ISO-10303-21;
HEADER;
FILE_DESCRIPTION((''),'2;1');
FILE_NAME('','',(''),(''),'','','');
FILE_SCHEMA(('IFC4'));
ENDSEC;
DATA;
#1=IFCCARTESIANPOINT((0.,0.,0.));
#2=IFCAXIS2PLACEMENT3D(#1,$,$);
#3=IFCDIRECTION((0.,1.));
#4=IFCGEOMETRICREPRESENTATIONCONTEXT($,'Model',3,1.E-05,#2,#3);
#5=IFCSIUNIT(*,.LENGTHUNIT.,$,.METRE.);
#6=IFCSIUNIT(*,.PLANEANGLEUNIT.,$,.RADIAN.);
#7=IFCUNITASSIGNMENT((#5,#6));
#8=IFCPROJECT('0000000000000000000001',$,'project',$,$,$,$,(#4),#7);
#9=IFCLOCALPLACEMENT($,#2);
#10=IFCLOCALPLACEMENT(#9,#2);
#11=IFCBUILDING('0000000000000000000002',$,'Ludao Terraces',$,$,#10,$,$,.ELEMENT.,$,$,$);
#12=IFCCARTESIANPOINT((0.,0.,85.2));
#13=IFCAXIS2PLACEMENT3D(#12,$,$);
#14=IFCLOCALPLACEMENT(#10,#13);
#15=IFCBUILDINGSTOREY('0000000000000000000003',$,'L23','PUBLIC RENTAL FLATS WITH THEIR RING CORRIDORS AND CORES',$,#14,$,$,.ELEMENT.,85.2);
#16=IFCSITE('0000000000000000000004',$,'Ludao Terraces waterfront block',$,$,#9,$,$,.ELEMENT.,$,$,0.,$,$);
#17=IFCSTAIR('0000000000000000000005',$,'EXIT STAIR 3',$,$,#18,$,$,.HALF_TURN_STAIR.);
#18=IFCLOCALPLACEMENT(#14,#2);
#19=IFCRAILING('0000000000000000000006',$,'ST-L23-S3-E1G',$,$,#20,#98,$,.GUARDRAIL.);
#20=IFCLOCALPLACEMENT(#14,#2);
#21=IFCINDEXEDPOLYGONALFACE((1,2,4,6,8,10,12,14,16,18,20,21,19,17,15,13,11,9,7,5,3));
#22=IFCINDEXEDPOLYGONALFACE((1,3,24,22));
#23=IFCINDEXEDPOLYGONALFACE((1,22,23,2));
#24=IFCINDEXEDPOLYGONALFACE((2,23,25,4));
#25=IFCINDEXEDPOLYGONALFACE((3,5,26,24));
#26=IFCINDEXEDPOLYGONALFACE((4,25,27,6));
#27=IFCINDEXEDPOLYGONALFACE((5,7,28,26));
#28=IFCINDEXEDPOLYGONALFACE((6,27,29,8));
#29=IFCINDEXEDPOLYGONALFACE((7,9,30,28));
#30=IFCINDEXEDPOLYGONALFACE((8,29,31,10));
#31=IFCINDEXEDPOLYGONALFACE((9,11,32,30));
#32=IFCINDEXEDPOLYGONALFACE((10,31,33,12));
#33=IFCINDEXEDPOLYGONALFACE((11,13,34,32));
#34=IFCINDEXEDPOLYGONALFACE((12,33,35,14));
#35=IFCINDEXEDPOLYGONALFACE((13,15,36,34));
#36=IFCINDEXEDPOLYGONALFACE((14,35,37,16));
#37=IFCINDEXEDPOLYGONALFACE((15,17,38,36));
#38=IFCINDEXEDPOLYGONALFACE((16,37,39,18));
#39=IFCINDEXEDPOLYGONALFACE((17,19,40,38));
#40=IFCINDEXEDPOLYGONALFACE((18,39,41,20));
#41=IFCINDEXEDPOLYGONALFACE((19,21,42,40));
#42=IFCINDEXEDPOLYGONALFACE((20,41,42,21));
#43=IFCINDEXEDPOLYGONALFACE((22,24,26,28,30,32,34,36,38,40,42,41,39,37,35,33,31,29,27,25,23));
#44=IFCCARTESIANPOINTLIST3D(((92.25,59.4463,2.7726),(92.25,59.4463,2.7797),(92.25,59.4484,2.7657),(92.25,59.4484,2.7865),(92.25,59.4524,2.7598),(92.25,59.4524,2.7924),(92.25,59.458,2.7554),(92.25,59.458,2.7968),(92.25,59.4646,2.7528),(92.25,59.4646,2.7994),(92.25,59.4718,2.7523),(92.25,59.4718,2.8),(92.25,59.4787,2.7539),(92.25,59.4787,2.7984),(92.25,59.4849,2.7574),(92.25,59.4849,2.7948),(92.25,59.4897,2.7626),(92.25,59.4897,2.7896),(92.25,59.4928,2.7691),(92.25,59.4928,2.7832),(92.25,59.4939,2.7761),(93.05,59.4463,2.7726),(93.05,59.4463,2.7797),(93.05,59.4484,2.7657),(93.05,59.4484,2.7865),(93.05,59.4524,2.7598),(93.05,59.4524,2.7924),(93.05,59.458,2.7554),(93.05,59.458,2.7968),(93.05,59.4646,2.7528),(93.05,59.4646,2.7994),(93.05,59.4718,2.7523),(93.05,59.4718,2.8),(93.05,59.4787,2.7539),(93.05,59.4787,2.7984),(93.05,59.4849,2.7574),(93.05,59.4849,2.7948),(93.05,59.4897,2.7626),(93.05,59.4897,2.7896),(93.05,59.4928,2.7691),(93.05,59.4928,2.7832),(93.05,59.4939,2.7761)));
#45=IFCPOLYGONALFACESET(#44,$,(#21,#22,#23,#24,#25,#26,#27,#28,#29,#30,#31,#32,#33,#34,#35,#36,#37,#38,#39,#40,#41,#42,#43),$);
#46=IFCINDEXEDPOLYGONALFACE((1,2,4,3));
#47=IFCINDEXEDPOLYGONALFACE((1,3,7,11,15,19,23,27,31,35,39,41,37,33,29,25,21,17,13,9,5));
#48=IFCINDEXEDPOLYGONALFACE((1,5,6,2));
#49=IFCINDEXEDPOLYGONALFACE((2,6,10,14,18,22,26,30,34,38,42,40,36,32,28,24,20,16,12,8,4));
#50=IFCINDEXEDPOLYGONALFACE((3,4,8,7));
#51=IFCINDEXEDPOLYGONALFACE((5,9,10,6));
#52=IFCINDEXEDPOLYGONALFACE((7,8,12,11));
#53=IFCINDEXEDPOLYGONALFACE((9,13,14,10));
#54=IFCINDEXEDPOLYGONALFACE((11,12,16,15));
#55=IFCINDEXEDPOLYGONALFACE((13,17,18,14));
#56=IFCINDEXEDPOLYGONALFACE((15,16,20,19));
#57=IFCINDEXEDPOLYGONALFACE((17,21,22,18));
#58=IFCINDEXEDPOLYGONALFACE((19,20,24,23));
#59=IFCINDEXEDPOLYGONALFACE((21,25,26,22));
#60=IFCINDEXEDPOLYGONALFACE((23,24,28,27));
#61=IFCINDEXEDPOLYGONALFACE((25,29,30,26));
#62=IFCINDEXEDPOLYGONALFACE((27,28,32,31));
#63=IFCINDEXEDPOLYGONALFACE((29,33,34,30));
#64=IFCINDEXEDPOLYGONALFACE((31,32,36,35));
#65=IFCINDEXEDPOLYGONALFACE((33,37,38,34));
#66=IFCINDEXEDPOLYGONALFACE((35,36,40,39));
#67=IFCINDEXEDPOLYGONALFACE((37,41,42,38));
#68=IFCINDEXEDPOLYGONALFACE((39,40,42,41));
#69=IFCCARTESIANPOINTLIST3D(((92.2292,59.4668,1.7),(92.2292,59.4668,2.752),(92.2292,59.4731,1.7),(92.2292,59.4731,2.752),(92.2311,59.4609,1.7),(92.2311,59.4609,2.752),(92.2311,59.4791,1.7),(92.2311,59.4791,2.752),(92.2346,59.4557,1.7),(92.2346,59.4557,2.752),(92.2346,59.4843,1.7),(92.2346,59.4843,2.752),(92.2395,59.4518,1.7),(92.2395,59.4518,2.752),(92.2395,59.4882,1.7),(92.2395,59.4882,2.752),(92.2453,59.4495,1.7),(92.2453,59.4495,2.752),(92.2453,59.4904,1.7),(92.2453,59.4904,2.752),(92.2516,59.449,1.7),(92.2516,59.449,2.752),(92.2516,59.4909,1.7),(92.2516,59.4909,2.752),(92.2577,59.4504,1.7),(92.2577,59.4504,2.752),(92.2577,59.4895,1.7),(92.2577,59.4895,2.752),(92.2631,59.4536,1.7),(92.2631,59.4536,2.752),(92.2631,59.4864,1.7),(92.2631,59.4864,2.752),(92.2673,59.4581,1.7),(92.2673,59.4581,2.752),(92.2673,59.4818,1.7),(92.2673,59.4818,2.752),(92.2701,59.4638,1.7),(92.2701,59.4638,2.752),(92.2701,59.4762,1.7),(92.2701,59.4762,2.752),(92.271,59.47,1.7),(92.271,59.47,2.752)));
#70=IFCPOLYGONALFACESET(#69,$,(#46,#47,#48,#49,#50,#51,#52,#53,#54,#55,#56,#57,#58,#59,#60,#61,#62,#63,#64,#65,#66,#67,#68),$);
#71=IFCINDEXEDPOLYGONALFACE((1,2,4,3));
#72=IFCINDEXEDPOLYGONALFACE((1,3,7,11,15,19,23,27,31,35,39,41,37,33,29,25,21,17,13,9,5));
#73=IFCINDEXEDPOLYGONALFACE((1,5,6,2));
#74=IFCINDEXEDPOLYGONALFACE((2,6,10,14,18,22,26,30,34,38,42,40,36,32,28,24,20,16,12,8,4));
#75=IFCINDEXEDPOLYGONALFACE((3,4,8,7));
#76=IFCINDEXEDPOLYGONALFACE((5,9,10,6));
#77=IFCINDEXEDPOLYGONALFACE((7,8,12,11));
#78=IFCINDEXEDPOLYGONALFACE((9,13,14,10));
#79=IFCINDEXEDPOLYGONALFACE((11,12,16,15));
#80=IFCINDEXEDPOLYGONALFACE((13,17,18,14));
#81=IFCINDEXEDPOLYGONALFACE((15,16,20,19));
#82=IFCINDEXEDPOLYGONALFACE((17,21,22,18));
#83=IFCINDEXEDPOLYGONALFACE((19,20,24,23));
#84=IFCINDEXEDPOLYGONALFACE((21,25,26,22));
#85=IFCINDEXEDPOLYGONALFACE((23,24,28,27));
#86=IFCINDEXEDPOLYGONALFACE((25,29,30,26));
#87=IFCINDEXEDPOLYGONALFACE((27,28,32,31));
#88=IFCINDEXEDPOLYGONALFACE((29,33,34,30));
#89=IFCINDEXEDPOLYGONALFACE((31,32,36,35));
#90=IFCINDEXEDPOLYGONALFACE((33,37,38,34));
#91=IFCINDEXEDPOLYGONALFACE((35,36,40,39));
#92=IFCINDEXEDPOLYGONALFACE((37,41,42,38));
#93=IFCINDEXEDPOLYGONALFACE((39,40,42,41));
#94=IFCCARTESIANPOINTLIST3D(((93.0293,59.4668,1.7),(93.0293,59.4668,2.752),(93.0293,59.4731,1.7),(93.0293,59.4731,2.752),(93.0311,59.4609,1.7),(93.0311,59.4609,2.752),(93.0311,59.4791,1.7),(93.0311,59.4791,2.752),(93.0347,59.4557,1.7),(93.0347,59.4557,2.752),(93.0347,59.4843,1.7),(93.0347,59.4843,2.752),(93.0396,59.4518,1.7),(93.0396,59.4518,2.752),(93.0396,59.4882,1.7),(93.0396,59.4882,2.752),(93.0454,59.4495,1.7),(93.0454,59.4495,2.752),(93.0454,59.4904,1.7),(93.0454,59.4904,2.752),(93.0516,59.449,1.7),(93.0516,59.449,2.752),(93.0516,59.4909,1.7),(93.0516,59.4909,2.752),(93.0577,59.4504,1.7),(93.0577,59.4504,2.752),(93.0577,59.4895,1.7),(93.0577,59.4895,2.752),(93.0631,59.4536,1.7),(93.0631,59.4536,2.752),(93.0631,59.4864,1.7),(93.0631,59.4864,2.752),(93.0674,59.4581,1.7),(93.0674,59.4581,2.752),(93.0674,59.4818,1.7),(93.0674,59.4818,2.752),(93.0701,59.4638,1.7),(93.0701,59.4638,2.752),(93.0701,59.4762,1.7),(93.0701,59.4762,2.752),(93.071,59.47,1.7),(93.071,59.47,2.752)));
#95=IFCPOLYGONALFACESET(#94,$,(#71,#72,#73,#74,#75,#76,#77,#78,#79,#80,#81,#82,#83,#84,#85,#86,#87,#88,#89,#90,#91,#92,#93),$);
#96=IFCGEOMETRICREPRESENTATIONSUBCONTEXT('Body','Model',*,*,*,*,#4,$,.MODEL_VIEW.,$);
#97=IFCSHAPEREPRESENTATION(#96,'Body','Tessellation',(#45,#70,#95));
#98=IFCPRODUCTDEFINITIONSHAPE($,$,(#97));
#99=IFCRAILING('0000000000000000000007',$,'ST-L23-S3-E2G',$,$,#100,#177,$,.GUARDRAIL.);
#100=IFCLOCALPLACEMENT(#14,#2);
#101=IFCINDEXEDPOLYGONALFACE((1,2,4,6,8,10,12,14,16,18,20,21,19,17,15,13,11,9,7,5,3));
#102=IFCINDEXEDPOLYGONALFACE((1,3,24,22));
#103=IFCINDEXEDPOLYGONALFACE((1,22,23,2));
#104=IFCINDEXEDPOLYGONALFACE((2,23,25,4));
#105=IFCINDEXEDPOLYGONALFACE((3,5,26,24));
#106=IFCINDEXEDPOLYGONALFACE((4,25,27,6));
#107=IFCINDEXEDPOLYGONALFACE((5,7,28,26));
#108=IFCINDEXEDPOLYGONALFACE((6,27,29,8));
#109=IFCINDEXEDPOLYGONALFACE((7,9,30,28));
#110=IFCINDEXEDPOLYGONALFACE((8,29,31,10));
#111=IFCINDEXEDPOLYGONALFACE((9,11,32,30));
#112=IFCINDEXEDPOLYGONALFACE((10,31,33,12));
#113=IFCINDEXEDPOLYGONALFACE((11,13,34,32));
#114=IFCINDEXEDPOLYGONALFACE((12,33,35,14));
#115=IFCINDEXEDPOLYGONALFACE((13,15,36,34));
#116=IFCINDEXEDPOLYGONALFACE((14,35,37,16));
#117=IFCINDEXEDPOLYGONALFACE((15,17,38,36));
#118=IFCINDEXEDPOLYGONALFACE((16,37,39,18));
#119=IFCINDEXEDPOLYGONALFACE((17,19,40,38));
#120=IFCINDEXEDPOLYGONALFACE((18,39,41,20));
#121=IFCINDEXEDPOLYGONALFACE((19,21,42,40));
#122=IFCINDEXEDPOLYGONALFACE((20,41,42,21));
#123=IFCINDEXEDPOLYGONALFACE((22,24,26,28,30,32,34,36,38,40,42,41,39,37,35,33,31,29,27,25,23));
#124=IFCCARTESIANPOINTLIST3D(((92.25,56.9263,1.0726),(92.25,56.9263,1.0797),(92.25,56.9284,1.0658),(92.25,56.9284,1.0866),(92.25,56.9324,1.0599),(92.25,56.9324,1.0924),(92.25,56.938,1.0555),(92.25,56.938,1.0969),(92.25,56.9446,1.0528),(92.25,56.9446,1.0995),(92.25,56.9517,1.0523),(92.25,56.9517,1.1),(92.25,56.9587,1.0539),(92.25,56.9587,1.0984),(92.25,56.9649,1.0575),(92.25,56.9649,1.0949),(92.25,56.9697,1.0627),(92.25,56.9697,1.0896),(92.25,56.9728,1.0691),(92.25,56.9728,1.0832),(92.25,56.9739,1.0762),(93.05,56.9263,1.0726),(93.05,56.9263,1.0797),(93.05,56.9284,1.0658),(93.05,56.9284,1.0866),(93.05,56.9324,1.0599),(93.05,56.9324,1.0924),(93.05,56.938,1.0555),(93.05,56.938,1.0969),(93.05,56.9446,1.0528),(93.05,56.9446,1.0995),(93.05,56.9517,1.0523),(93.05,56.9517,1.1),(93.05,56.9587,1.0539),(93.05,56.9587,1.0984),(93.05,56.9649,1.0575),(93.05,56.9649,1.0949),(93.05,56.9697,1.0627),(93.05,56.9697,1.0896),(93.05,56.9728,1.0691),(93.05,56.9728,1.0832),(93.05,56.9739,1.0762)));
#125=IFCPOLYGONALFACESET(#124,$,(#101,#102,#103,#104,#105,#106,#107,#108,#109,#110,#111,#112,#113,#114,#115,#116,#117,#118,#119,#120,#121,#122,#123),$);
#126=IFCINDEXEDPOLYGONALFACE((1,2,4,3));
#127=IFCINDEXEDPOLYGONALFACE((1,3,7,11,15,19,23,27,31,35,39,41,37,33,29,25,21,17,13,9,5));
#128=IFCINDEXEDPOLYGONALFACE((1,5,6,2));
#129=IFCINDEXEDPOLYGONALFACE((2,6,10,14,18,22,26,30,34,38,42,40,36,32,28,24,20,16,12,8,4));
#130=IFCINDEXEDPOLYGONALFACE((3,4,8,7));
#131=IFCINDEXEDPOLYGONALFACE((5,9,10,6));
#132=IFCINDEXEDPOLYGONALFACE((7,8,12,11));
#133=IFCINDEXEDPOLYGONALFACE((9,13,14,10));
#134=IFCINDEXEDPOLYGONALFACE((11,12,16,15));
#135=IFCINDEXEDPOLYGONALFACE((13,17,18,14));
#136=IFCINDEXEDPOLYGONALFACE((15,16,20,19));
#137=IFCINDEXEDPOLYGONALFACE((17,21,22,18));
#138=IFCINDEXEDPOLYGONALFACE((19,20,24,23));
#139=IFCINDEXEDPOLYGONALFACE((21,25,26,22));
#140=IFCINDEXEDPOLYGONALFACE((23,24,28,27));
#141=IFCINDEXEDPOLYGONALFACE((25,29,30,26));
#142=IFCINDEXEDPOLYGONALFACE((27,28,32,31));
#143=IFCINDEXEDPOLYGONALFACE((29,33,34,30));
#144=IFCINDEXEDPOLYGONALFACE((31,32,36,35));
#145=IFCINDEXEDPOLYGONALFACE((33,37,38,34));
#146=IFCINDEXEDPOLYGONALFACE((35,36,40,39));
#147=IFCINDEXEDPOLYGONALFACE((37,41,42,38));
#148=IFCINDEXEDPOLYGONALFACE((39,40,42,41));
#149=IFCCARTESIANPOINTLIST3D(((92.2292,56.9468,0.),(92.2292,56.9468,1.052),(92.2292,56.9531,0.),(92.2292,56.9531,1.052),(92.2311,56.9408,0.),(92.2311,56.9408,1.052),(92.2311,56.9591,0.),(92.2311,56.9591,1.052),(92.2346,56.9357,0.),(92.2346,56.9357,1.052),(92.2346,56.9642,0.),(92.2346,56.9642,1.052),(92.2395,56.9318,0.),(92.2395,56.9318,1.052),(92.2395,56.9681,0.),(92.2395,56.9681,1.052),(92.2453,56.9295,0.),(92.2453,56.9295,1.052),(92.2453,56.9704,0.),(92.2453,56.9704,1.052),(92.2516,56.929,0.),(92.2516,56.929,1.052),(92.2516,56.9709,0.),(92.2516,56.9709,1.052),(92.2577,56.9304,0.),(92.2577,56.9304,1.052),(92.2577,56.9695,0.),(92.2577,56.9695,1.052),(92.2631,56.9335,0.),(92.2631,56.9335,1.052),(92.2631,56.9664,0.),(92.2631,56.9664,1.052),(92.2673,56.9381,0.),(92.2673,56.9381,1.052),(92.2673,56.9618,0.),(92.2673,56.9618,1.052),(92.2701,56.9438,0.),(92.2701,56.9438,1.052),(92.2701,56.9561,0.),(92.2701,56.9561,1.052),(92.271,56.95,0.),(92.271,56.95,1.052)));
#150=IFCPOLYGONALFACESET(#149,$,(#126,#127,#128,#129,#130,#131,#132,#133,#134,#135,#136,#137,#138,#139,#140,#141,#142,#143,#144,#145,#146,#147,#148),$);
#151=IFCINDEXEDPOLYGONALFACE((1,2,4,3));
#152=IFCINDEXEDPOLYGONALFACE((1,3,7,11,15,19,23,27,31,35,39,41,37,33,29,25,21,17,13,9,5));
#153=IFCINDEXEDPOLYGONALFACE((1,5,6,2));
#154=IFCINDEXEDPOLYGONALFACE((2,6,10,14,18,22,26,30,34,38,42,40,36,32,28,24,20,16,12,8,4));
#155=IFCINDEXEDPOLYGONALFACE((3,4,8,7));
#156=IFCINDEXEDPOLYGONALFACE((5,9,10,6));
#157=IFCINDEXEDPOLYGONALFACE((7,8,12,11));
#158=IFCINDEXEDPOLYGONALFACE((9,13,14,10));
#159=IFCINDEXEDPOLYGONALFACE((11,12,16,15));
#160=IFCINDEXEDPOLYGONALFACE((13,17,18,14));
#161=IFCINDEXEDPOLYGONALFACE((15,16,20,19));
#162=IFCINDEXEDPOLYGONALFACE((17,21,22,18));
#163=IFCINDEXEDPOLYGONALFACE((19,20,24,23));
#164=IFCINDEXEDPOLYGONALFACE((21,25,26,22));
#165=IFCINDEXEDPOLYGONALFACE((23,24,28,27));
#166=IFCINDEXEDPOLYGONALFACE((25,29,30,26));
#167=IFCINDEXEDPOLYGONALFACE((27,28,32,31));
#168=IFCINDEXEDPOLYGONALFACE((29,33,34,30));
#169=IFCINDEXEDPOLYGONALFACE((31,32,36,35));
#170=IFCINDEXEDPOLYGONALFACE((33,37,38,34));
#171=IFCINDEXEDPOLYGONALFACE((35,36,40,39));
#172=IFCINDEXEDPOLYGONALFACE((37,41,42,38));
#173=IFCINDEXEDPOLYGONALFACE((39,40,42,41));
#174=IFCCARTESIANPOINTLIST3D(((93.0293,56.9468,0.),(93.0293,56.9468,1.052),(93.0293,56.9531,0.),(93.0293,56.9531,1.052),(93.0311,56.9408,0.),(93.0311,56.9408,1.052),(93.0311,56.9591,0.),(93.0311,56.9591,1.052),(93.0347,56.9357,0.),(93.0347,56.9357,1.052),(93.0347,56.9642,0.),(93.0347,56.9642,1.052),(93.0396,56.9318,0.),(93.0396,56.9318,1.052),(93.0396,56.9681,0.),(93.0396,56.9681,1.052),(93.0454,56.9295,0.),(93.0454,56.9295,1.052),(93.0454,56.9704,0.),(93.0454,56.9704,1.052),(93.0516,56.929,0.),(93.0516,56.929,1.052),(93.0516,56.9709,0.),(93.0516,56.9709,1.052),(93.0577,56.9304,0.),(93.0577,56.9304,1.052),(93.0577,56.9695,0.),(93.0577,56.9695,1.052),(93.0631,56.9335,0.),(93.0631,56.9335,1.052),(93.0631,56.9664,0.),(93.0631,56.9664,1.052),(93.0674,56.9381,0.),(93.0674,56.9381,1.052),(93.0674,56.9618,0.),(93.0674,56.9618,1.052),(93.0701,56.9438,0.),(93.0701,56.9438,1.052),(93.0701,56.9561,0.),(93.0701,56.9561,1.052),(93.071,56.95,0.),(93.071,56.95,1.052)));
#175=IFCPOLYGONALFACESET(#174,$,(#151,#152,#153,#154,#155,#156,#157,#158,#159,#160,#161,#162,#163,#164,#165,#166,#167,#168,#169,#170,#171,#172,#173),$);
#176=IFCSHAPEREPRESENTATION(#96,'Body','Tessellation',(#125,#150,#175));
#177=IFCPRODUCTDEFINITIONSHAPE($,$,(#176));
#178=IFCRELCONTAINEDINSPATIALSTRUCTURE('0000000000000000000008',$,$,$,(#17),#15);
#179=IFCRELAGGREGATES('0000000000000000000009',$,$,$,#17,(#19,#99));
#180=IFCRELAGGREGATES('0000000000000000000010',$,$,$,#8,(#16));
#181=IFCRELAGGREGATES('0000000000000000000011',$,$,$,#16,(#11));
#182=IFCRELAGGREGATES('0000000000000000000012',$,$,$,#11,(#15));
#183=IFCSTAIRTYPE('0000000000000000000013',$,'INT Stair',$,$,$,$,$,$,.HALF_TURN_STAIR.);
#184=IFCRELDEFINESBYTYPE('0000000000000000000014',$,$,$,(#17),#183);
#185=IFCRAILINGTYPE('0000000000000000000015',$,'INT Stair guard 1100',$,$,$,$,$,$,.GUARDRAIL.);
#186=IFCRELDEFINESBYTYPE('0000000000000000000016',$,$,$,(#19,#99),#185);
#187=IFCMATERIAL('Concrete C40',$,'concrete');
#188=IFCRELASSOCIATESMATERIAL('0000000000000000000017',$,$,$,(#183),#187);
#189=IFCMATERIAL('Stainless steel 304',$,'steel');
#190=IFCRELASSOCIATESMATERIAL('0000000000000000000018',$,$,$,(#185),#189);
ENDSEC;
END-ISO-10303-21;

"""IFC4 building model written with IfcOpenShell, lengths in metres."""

from ifc_helpers import new_model, si_unit, direction, frame, origin, origin_2d, place, context, subcontext, project, spatial, circle, extrude, material, type_object, element, aggregate, save


model = new_model("IFC4")

# Units and contexts
model_context = context("Model", 3, precision=1e-05, world=origin(), true_north=direction((0.0, 1.0)))
body_context = subcontext(model_context, "Body", "Model", "MODEL_VIEW")
ifc_project = project(units=[si_unit("LENGTHUNIT", "METRE"), si_unit("PLANEANGLEUNIT", "RADIAN")], contexts=[model_context])

# Site, building, storey
site_placement = place(None, origin())
site = spatial("IfcSite", under=ifc_project, at=site_placement, Name="Ludao Terraces waterfront block", CompositionType="ELEMENT", RefElevation=0.0)
building_placement = place(site_placement, origin())
building = spatial("IfcBuilding", under=site, at=building_placement, Name="Ludao Terraces", CompositionType="ELEMENT")
storey_placement = place(building_placement, frame((0.0, 0.0, 85.2)))
storey = spatial("IfcBuildingStorey", under=building, at=storey_placement, Name="L23", Description="PUBLIC RENTAL FLATS WITH THEIR RING CORRIDORS AND CORES", CompositionType="ELEMENT", Elevation=85.2)

# Shared definitions
ifc_material_1 = material(Name="Concrete C40", Category="concrete")

# Stair, railings
stair_type = type_object("IfcStairType", Name="INT Stair", PredefinedType="HALF_TURN_STAIR", material=ifc_material_1)
stair_placement = place(storey_placement, origin())
stair = element("IfcStair", 1, at=stair_placement, inside=storey, type_object=stair_type, Name="EXIT STAIR 3", PredefinedType="HALF_TURN_STAIR")
ifc_material_2 = material(Name="Stainless steel 304", Category="steel")
railing_type_1 = type_object("IfcRailingType", Name="INT Stair guard 1100", PredefinedType="GUARDRAIL", material=ifc_material_2)
railing_1_placement = place(storey_placement, frame((92.25, 59.47, 1.7)))
railing_1 = element("IfcRailing", 2, at=railing_1_placement, type_object=railing_type_1, Name="ST-L23-S3-E1G", PredefinedType="GUARDRAIL", context=body_context, shape_type="SweptSolid", body=[
    extrude(circle(Radius=0.0239, at=origin_2d()), frame((0.0, 0.0, 1.0762), z_axis=(1.0, 0.0, 0.0), x_axis=(0.0, 1.0, 0.0)), (0.0, 0.0, 1.0), 0.8),
    extrude(circle(Radius=0.021, at=origin_2d()), origin(), (0.0, 0.0, 1.0), 1.052),
    extrude(circle(Radius=0.021, at=origin_2d()), frame((0.8, 0.0, 0.0)), (0.0, 0.0, 1.0), 1.052),
])
railing_2_placement = place(storey_placement, frame((92.25, 56.95, 0.0)))
railing_2 = element("IfcRailing", 3, at=railing_2_placement, type_object=railing_type_1, Name="ST-L23-S3-E2G", PredefinedType="GUARDRAIL", context=body_context, shape_type="SweptSolid", body=[
    extrude(circle(Radius=0.0239, at=origin_2d()), frame((0.0, 0.0, 1.0762), z_axis=(1.0, 0.0, 0.0), x_axis=(0.0, 1.0, 0.0)), (0.0, 0.0, 1.0), 0.8),
    extrude(circle(Radius=0.021, at=origin_2d()), origin(), (0.0, 0.0, 1.0), 1.052),
    extrude(circle(Radius=0.021, at=origin_2d()), frame((0.8, 0.0, 0.0)), (0.0, 0.0, 1.0), 1.052),
])
aggregate(stair, [railing_1, railing_2])

save(model, "model.ifc")
